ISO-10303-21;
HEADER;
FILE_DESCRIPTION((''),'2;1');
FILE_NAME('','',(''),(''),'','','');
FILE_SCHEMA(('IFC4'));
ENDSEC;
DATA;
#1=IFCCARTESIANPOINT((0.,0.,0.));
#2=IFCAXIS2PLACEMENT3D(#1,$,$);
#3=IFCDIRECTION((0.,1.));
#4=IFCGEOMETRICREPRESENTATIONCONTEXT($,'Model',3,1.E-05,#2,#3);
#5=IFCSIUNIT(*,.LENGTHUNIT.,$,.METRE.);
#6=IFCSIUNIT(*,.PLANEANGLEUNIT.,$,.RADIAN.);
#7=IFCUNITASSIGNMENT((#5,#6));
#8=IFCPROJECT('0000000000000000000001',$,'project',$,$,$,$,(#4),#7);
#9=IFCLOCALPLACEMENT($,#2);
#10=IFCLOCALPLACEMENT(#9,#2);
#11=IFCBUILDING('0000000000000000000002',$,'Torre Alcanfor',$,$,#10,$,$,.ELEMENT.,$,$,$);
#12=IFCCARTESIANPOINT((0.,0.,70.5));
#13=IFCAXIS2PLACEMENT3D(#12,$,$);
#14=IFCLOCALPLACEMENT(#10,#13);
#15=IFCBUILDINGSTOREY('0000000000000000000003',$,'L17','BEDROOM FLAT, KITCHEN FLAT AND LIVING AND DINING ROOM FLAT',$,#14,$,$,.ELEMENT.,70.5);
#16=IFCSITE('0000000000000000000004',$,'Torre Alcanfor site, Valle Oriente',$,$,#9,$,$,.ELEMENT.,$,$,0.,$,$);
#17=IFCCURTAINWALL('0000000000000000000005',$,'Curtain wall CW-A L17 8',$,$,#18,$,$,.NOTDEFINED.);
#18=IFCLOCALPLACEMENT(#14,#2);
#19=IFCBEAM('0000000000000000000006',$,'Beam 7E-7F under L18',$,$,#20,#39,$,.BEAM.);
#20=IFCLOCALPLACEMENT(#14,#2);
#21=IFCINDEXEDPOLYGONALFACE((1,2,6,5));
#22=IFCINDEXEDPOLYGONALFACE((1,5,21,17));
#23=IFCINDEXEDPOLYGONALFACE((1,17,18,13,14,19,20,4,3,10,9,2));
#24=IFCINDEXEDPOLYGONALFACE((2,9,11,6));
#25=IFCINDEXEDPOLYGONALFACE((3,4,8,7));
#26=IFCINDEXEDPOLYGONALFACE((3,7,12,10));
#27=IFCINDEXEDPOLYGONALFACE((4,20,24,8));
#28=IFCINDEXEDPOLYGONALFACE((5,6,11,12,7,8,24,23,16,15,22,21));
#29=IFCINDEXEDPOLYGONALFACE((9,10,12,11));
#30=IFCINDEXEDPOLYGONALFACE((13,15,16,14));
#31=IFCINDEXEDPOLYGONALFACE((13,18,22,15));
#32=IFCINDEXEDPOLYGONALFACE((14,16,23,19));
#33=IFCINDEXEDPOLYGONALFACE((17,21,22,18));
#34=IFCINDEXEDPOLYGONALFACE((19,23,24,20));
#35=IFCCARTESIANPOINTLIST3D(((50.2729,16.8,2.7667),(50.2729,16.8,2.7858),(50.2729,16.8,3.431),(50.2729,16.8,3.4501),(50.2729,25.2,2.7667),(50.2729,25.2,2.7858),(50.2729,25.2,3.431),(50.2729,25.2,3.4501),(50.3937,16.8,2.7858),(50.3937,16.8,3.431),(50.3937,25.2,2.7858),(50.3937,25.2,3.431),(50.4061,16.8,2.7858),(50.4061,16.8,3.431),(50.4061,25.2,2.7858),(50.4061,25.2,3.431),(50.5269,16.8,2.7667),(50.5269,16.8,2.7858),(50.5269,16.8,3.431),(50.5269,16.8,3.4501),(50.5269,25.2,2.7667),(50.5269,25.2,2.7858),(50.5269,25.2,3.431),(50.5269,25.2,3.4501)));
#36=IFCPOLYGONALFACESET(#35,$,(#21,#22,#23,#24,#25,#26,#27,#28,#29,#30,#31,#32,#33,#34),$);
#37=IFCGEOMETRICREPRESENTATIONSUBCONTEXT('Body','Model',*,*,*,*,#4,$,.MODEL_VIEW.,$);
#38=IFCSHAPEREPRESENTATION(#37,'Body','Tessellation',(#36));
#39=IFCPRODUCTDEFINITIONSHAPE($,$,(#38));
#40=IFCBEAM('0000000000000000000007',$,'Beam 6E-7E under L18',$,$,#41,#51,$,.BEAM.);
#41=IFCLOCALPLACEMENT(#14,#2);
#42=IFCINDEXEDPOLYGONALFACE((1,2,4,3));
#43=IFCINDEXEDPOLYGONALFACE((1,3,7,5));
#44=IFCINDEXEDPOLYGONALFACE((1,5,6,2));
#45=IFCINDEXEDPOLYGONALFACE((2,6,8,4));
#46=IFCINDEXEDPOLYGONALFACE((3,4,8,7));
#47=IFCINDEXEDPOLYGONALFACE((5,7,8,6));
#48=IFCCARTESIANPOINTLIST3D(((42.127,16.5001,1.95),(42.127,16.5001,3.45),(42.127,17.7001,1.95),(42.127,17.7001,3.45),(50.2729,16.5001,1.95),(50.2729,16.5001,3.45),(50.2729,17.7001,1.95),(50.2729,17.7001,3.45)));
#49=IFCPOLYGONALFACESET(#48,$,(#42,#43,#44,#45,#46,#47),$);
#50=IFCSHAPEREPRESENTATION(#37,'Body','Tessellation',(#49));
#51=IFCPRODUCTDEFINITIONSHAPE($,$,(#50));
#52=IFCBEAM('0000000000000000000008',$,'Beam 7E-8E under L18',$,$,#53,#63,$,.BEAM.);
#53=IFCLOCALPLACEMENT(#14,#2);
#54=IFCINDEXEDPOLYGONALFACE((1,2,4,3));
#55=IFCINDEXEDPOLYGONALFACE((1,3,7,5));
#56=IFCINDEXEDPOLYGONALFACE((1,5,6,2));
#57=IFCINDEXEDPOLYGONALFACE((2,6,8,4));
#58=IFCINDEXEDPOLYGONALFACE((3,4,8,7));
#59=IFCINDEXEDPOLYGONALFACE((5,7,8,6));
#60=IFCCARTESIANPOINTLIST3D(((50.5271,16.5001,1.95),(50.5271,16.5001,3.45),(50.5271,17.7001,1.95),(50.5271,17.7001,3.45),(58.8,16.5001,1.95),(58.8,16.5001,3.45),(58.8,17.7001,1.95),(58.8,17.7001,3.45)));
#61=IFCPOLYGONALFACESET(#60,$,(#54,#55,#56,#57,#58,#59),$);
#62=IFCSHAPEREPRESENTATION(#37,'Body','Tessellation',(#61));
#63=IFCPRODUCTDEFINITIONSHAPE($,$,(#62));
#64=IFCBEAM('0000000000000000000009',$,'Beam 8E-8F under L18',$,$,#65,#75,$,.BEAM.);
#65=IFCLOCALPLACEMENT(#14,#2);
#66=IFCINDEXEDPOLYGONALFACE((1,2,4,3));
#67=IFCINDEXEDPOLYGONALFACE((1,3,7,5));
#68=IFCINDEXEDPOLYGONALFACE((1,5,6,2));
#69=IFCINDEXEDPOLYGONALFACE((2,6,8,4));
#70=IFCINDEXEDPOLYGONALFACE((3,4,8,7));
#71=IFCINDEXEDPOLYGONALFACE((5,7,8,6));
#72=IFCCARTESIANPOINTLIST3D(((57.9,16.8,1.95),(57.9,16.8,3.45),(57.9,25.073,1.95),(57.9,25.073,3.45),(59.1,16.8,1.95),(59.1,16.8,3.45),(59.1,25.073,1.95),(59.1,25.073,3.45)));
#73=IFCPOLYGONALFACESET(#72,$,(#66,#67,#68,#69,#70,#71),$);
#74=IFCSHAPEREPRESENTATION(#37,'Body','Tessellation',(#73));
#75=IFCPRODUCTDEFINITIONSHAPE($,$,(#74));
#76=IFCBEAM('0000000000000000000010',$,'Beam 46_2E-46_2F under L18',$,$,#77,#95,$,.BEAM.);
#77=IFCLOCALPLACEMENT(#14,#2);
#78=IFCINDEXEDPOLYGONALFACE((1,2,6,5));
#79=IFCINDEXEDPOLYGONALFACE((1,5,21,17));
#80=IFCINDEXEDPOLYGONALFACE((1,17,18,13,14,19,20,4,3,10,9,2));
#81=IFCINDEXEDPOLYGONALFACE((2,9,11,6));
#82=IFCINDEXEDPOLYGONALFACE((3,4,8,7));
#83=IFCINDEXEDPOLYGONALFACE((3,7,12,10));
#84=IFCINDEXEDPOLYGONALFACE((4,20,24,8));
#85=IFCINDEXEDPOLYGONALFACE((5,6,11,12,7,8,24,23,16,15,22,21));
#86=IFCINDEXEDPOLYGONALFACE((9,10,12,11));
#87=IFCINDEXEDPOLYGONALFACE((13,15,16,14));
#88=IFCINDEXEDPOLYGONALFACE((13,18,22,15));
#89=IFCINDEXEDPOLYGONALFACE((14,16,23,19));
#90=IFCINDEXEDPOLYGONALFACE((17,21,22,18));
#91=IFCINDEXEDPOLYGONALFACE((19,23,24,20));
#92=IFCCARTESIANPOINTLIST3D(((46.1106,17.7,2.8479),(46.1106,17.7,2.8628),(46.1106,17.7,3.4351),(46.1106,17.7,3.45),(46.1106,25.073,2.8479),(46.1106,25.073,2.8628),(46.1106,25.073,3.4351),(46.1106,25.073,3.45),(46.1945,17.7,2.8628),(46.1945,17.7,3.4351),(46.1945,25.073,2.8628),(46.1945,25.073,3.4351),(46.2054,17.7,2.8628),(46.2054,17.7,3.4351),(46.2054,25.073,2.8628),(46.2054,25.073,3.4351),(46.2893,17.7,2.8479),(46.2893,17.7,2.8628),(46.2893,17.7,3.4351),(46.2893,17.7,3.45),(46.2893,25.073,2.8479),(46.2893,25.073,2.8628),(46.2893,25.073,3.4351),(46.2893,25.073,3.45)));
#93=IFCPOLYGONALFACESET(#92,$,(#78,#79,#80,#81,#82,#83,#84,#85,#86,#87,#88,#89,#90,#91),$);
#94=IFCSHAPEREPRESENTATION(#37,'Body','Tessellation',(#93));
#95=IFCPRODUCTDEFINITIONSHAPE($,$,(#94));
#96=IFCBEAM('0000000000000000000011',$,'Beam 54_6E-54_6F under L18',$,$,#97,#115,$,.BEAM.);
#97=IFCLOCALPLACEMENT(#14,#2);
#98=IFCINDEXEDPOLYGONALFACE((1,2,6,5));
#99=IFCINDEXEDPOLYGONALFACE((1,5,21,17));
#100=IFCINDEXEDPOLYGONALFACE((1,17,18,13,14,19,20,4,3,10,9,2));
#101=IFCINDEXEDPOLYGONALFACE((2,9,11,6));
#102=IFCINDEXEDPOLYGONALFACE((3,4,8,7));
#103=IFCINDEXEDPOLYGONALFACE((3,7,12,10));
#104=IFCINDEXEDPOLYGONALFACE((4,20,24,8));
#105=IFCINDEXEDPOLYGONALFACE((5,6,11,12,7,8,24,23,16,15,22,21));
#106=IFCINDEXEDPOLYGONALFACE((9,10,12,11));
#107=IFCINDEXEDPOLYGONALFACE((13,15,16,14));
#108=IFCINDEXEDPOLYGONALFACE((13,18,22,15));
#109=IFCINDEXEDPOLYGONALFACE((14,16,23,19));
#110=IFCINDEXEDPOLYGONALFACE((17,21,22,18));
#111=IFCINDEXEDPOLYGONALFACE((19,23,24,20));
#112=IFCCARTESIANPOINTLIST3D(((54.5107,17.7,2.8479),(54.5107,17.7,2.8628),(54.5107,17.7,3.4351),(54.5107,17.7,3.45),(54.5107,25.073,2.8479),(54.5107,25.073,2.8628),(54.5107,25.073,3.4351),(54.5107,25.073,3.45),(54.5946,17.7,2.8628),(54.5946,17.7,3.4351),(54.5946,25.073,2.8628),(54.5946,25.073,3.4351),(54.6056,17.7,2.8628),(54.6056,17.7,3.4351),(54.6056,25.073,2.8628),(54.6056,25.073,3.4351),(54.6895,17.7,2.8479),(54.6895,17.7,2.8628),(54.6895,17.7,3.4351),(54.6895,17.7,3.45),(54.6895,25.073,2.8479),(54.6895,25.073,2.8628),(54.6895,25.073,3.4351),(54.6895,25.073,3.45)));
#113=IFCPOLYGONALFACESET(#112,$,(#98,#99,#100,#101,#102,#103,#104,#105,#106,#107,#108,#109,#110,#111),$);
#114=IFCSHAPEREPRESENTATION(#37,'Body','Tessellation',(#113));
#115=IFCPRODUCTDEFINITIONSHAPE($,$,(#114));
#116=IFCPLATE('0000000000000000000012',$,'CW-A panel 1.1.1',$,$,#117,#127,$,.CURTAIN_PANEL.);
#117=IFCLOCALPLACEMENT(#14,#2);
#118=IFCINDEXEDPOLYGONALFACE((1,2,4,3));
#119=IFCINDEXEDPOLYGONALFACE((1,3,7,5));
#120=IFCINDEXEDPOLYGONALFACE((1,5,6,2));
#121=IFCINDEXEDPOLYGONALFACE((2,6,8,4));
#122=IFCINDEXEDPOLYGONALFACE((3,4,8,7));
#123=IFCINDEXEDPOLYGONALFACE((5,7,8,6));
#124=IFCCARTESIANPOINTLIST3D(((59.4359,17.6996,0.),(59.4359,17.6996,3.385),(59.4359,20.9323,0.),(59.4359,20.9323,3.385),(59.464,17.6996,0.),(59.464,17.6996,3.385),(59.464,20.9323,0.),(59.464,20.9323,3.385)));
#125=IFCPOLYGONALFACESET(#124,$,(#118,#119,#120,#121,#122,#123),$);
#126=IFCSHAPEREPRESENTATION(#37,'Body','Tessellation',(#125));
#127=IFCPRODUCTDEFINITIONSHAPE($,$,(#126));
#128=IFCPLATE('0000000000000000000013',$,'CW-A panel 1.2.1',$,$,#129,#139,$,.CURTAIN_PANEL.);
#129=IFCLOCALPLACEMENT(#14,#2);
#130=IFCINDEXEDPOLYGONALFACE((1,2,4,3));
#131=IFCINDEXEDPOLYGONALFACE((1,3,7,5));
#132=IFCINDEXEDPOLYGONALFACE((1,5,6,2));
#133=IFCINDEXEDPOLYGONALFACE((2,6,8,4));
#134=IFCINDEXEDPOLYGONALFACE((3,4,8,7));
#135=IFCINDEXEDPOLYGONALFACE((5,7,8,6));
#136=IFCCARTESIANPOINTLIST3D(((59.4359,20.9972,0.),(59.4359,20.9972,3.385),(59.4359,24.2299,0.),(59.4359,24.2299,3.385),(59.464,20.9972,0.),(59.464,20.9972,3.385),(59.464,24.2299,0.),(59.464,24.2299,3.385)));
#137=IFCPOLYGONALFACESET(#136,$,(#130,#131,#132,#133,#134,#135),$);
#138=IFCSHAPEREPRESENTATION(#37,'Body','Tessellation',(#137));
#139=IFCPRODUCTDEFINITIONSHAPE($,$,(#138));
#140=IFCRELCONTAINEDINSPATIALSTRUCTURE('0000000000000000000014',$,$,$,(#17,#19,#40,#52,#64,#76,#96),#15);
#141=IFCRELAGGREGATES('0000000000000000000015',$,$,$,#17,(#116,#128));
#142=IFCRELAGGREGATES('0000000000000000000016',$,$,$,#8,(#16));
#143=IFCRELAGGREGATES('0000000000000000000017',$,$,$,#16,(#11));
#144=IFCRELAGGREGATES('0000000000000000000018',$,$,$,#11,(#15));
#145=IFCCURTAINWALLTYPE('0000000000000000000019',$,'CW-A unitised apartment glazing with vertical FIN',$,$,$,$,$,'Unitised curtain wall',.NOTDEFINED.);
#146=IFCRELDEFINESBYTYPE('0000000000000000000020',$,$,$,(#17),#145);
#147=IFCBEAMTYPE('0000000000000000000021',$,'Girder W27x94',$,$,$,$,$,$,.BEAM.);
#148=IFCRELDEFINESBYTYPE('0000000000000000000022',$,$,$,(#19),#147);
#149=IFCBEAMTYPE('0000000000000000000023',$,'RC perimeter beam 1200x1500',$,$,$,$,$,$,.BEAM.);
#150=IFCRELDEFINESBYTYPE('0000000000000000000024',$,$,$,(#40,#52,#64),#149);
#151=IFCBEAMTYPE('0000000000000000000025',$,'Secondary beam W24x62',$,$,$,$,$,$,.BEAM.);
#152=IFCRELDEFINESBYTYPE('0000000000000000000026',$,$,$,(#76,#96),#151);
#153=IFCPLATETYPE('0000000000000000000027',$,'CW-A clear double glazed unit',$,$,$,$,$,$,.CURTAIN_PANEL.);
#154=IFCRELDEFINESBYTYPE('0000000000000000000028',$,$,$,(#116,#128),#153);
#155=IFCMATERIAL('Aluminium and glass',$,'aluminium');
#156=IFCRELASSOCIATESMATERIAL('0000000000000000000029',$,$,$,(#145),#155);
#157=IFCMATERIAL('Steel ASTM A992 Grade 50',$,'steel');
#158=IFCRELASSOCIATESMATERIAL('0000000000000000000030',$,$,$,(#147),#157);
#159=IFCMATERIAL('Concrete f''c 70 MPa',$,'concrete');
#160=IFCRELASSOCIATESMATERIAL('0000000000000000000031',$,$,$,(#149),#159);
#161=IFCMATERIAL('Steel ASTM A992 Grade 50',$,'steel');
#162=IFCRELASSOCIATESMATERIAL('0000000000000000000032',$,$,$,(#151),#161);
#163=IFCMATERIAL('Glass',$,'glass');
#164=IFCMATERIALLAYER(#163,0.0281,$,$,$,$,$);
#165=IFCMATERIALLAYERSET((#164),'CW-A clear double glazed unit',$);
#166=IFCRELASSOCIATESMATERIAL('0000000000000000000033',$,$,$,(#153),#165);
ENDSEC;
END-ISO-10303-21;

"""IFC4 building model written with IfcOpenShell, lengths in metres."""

from ifc_helpers import new_model, si_unit, direction, frame, origin, origin_2d, place, context, subcontext, project, spatial, rectangle, i_section, extrude, material, layer, layer_set, material_profile, profile_set, type_object, element, aggregate, save


model = new_model("IFC4")

# Units and contexts
model_context = context("Model", 3, precision=1e-05, world=origin(), true_north=direction((0.0, 1.0)))
body_context = subcontext(model_context, "Body", "Model", "MODEL_VIEW")
ifc_project = project(units=[si_unit("LENGTHUNIT", "METRE"), si_unit("PLANEANGLEUNIT", "RADIAN")], contexts=[model_context])

# Site, building, storey
site_placement = place(None, origin())
site = spatial("IfcSite", under=ifc_project, at=site_placement, Name="Torre Alcanfor site, Valle Oriente", CompositionType="ELEMENT", RefElevation=0.0)
building_placement = place(site_placement, origin())
building = spatial("IfcBuilding", under=site, at=building_placement, Name="Torre Alcanfor", CompositionType="ELEMENT")
storey_placement = place(building_placement, frame((0.0, 0.0, 70.5)))
storey = spatial("IfcBuildingStorey", under=building, at=storey_placement, Name="L17", Description="BEDROOM FLAT, KITCHEN FLAT AND LIVING AND DINING ROOM FLAT", CompositionType="ELEMENT", Elevation=70.5)

# Curtain wall
ifc_material_1 = material(Name="Aluminium and glass", Category="aluminium")
curtain_wall_type = type_object("IfcCurtainWallType", Name="CW-A unitised apartment glazing with vertical FIN", ElementType="Unitised curtain wall", PredefinedType="NOTDEFINED", material=ifc_material_1)
curtain_wall_placement = place(storey_placement, origin())
curtain_wall = element("IfcCurtainWall", 1, at=curtain_wall_placement, inside=storey, type_object=curtain_wall_type, Name="Curtain wall CW-A L17 8", PredefinedType="NOTDEFINED")

# Beams
ifc_material_2 = material(Name="Steel ASTM A992 Grade 50", Category="steel")
ifc_material_profile_1 = material_profile(ifc_material_2, i_section(OverallWidth=0.2539, OverallDepth=0.6833, WebThickness=0.0125, FlangeThickness=0.019, at=origin_2d()), Name="W27x94")
ifc_profile_set_1 = profile_set([ifc_material_profile_1], Name="Steel ASTM A992 Grade 50")
beam_type_1 = type_object("IfcBeamType", Name="Girder W27x94", PredefinedType="BEAM", material=ifc_profile_set_1)
beam_1_placement = place(storey_placement, frame((50.3999, 16.8, 3.1084), z_axis=(0.0, 1.0, 0.0), x_axis=(-1.0, 0.0, 0.0)))
element("IfcBeam", 2, at=beam_1_placement, inside=storey, type_object=beam_type_1, Name="Beam 7E-7F under L18", PredefinedType="BEAM", context=body_context, shape_type="SweptSolid", body=[
    extrude(i_section(OverallWidth=0.2539, OverallDepth=0.6833, WebThickness=0.0125, FlangeThickness=0.019, at=origin_2d()), origin(), (0.0, 0.0, 1.0), 8.3999),
])
ifc_material_3 = material(Name="Concrete f'c 70 MPa", Category="concrete")
ifc_material_profile_2 = material_profile(ifc_material_3, rectangle(XDim=1.2, YDim=1.5, at=origin_2d()), Name="1200x1500")
ifc_profile_set_2 = profile_set([ifc_material_profile_2], Name="Concrete f'c 70 MPa")
beam_type_2 = type_object("IfcBeamType", Name="RC perimeter beam 1200x1500", PredefinedType="BEAM", material=ifc_profile_set_2)
beam_2_placement = place(storey_placement, frame((42.127, 17.1001, 2.7), z_axis=(1.0, 0.0, 0.0), x_axis=(0.0, 1.0, 0.0)))
element("IfcBeam", 3, at=beam_2_placement, inside=storey, type_object=beam_type_2, Name="Beam 6E-7E under L18", PredefinedType="BEAM", context=body_context, shape_type="SweptSolid", body=[
    extrude(rectangle(XDim=1.2, YDim=1.5, at=origin_2d()), origin(), (0.0, 0.0, 1.0), 8.146),
])
for number, where, z_axis, x_axis, name in (
    (4, (50.5271, 17.1001, 2.7), (1.0, 0.0, 0.0), (0.0, 1.0, 0.0), "Beam 7E-8E under L18"),
    (5, (58.5, 16.8, 2.7), (0.0, 1.0, 0.0), (-1.0, 0.0, 0.0), "Beam 8E-8F under L18"),
):
    element("IfcBeam", number, at=place(storey_placement, frame(where, z_axis=z_axis, x_axis=x_axis)), inside=storey, type_object=beam_type_2, Name=name, PredefinedType="BEAM", context=body_context, shape_type="SweptSolid", body=[
        extrude(rectangle(XDim=1.2, YDim=1.5, at=origin_2d()), origin(), (0.0, 0.0, 1.0), 8.2729),
    ])
ifc_material_4 = material(Name="Steel ASTM A992 Grade 50", Category="steel")
ifc_material_profile_3 = material_profile(ifc_material_4, i_section(OverallWidth=0.1787, OverallDepth=0.6021, WebThickness=0.011, FlangeThickness=0.0149, at=origin_2d()), Name="W24x62")
ifc_profile_set_3 = profile_set([ifc_material_profile_3], Name="Steel ASTM A992 Grade 50")
beam_type_3 = type_object("IfcBeamType", Name="Secondary beam W24x62", PredefinedType="BEAM", material=ifc_profile_set_3)
for number, where, z_axis, x_axis, name in (
    (6, (46.2, 17.7, 3.1489), (0.0, 1.0, 0.0), (-1.0, 0.0, 0.0), "Beam 46_2E-46_2F under L18"),
    (7, (54.6001, 17.7, 3.1489), (0.0, 1.0, 0.0), (-1.0, 0.0, 0.0), "Beam 54_6E-54_6F under L18"),
):
    element("IfcBeam", number, at=place(storey_placement, frame(where, z_axis=z_axis, x_axis=x_axis)), inside=storey, type_object=beam_type_3, Name=name, PredefinedType="BEAM", context=body_context, shape_type="SweptSolid", body=[
        extrude(i_section(OverallWidth=0.1787, OverallDepth=0.6021, WebThickness=0.011, FlangeThickness=0.0149, at=origin_2d()), origin(), (0.0, 0.0, 1.0), 7.373),
    ])

# Plates
ifc_material_5 = material(Name="Glass", Category="glass")
ifc_layer = layer(ifc_material_5, 0.0281)
ifc_layer_set = layer_set([ifc_layer], Name="CW-A clear double glazed unit")
plate_type = type_object("IfcPlateType", Name="CW-A clear double glazed unit", PredefinedType="CURTAIN_PANEL", material=ifc_layer_set)
plate_1_placement = place(storey_placement, frame((59.45, 19.3159, 0.0), z_axis=(0.0, 0.0, 1.0), x_axis=(0.0, 1.0, 0.0)))
plate_1 = element("IfcPlate", 8, at=plate_1_placement, type_object=plate_type, Name="CW-A panel 1.1.1", PredefinedType="CURTAIN_PANEL", context=body_context, shape_type="SweptSolid", body=[
    extrude(rectangle(XDim=3.2327, YDim=0.0281, at=origin_2d()), origin(), (0.0, 0.0, 1.0), 3.385),
])
plate_2_placement = place(storey_placement, frame((59.45, 22.6135, 0.0), z_axis=(0.0, 0.0, 1.0), x_axis=(0.0, 1.0, 0.0)))
plate_2 = element("IfcPlate", 9, at=plate_2_placement, type_object=plate_type, Name="CW-A panel 1.2.1", PredefinedType="CURTAIN_PANEL", context=body_context, shape_type="SweptSolid", body=[
    extrude(rectangle(XDim=3.2327, YDim=0.0281, at=origin_2d()), origin(), (0.0, 0.0, 1.0), 3.385),
])
aggregate(curtain_wall, [plate_1, plate_2])

save(model, "model.ifc")
